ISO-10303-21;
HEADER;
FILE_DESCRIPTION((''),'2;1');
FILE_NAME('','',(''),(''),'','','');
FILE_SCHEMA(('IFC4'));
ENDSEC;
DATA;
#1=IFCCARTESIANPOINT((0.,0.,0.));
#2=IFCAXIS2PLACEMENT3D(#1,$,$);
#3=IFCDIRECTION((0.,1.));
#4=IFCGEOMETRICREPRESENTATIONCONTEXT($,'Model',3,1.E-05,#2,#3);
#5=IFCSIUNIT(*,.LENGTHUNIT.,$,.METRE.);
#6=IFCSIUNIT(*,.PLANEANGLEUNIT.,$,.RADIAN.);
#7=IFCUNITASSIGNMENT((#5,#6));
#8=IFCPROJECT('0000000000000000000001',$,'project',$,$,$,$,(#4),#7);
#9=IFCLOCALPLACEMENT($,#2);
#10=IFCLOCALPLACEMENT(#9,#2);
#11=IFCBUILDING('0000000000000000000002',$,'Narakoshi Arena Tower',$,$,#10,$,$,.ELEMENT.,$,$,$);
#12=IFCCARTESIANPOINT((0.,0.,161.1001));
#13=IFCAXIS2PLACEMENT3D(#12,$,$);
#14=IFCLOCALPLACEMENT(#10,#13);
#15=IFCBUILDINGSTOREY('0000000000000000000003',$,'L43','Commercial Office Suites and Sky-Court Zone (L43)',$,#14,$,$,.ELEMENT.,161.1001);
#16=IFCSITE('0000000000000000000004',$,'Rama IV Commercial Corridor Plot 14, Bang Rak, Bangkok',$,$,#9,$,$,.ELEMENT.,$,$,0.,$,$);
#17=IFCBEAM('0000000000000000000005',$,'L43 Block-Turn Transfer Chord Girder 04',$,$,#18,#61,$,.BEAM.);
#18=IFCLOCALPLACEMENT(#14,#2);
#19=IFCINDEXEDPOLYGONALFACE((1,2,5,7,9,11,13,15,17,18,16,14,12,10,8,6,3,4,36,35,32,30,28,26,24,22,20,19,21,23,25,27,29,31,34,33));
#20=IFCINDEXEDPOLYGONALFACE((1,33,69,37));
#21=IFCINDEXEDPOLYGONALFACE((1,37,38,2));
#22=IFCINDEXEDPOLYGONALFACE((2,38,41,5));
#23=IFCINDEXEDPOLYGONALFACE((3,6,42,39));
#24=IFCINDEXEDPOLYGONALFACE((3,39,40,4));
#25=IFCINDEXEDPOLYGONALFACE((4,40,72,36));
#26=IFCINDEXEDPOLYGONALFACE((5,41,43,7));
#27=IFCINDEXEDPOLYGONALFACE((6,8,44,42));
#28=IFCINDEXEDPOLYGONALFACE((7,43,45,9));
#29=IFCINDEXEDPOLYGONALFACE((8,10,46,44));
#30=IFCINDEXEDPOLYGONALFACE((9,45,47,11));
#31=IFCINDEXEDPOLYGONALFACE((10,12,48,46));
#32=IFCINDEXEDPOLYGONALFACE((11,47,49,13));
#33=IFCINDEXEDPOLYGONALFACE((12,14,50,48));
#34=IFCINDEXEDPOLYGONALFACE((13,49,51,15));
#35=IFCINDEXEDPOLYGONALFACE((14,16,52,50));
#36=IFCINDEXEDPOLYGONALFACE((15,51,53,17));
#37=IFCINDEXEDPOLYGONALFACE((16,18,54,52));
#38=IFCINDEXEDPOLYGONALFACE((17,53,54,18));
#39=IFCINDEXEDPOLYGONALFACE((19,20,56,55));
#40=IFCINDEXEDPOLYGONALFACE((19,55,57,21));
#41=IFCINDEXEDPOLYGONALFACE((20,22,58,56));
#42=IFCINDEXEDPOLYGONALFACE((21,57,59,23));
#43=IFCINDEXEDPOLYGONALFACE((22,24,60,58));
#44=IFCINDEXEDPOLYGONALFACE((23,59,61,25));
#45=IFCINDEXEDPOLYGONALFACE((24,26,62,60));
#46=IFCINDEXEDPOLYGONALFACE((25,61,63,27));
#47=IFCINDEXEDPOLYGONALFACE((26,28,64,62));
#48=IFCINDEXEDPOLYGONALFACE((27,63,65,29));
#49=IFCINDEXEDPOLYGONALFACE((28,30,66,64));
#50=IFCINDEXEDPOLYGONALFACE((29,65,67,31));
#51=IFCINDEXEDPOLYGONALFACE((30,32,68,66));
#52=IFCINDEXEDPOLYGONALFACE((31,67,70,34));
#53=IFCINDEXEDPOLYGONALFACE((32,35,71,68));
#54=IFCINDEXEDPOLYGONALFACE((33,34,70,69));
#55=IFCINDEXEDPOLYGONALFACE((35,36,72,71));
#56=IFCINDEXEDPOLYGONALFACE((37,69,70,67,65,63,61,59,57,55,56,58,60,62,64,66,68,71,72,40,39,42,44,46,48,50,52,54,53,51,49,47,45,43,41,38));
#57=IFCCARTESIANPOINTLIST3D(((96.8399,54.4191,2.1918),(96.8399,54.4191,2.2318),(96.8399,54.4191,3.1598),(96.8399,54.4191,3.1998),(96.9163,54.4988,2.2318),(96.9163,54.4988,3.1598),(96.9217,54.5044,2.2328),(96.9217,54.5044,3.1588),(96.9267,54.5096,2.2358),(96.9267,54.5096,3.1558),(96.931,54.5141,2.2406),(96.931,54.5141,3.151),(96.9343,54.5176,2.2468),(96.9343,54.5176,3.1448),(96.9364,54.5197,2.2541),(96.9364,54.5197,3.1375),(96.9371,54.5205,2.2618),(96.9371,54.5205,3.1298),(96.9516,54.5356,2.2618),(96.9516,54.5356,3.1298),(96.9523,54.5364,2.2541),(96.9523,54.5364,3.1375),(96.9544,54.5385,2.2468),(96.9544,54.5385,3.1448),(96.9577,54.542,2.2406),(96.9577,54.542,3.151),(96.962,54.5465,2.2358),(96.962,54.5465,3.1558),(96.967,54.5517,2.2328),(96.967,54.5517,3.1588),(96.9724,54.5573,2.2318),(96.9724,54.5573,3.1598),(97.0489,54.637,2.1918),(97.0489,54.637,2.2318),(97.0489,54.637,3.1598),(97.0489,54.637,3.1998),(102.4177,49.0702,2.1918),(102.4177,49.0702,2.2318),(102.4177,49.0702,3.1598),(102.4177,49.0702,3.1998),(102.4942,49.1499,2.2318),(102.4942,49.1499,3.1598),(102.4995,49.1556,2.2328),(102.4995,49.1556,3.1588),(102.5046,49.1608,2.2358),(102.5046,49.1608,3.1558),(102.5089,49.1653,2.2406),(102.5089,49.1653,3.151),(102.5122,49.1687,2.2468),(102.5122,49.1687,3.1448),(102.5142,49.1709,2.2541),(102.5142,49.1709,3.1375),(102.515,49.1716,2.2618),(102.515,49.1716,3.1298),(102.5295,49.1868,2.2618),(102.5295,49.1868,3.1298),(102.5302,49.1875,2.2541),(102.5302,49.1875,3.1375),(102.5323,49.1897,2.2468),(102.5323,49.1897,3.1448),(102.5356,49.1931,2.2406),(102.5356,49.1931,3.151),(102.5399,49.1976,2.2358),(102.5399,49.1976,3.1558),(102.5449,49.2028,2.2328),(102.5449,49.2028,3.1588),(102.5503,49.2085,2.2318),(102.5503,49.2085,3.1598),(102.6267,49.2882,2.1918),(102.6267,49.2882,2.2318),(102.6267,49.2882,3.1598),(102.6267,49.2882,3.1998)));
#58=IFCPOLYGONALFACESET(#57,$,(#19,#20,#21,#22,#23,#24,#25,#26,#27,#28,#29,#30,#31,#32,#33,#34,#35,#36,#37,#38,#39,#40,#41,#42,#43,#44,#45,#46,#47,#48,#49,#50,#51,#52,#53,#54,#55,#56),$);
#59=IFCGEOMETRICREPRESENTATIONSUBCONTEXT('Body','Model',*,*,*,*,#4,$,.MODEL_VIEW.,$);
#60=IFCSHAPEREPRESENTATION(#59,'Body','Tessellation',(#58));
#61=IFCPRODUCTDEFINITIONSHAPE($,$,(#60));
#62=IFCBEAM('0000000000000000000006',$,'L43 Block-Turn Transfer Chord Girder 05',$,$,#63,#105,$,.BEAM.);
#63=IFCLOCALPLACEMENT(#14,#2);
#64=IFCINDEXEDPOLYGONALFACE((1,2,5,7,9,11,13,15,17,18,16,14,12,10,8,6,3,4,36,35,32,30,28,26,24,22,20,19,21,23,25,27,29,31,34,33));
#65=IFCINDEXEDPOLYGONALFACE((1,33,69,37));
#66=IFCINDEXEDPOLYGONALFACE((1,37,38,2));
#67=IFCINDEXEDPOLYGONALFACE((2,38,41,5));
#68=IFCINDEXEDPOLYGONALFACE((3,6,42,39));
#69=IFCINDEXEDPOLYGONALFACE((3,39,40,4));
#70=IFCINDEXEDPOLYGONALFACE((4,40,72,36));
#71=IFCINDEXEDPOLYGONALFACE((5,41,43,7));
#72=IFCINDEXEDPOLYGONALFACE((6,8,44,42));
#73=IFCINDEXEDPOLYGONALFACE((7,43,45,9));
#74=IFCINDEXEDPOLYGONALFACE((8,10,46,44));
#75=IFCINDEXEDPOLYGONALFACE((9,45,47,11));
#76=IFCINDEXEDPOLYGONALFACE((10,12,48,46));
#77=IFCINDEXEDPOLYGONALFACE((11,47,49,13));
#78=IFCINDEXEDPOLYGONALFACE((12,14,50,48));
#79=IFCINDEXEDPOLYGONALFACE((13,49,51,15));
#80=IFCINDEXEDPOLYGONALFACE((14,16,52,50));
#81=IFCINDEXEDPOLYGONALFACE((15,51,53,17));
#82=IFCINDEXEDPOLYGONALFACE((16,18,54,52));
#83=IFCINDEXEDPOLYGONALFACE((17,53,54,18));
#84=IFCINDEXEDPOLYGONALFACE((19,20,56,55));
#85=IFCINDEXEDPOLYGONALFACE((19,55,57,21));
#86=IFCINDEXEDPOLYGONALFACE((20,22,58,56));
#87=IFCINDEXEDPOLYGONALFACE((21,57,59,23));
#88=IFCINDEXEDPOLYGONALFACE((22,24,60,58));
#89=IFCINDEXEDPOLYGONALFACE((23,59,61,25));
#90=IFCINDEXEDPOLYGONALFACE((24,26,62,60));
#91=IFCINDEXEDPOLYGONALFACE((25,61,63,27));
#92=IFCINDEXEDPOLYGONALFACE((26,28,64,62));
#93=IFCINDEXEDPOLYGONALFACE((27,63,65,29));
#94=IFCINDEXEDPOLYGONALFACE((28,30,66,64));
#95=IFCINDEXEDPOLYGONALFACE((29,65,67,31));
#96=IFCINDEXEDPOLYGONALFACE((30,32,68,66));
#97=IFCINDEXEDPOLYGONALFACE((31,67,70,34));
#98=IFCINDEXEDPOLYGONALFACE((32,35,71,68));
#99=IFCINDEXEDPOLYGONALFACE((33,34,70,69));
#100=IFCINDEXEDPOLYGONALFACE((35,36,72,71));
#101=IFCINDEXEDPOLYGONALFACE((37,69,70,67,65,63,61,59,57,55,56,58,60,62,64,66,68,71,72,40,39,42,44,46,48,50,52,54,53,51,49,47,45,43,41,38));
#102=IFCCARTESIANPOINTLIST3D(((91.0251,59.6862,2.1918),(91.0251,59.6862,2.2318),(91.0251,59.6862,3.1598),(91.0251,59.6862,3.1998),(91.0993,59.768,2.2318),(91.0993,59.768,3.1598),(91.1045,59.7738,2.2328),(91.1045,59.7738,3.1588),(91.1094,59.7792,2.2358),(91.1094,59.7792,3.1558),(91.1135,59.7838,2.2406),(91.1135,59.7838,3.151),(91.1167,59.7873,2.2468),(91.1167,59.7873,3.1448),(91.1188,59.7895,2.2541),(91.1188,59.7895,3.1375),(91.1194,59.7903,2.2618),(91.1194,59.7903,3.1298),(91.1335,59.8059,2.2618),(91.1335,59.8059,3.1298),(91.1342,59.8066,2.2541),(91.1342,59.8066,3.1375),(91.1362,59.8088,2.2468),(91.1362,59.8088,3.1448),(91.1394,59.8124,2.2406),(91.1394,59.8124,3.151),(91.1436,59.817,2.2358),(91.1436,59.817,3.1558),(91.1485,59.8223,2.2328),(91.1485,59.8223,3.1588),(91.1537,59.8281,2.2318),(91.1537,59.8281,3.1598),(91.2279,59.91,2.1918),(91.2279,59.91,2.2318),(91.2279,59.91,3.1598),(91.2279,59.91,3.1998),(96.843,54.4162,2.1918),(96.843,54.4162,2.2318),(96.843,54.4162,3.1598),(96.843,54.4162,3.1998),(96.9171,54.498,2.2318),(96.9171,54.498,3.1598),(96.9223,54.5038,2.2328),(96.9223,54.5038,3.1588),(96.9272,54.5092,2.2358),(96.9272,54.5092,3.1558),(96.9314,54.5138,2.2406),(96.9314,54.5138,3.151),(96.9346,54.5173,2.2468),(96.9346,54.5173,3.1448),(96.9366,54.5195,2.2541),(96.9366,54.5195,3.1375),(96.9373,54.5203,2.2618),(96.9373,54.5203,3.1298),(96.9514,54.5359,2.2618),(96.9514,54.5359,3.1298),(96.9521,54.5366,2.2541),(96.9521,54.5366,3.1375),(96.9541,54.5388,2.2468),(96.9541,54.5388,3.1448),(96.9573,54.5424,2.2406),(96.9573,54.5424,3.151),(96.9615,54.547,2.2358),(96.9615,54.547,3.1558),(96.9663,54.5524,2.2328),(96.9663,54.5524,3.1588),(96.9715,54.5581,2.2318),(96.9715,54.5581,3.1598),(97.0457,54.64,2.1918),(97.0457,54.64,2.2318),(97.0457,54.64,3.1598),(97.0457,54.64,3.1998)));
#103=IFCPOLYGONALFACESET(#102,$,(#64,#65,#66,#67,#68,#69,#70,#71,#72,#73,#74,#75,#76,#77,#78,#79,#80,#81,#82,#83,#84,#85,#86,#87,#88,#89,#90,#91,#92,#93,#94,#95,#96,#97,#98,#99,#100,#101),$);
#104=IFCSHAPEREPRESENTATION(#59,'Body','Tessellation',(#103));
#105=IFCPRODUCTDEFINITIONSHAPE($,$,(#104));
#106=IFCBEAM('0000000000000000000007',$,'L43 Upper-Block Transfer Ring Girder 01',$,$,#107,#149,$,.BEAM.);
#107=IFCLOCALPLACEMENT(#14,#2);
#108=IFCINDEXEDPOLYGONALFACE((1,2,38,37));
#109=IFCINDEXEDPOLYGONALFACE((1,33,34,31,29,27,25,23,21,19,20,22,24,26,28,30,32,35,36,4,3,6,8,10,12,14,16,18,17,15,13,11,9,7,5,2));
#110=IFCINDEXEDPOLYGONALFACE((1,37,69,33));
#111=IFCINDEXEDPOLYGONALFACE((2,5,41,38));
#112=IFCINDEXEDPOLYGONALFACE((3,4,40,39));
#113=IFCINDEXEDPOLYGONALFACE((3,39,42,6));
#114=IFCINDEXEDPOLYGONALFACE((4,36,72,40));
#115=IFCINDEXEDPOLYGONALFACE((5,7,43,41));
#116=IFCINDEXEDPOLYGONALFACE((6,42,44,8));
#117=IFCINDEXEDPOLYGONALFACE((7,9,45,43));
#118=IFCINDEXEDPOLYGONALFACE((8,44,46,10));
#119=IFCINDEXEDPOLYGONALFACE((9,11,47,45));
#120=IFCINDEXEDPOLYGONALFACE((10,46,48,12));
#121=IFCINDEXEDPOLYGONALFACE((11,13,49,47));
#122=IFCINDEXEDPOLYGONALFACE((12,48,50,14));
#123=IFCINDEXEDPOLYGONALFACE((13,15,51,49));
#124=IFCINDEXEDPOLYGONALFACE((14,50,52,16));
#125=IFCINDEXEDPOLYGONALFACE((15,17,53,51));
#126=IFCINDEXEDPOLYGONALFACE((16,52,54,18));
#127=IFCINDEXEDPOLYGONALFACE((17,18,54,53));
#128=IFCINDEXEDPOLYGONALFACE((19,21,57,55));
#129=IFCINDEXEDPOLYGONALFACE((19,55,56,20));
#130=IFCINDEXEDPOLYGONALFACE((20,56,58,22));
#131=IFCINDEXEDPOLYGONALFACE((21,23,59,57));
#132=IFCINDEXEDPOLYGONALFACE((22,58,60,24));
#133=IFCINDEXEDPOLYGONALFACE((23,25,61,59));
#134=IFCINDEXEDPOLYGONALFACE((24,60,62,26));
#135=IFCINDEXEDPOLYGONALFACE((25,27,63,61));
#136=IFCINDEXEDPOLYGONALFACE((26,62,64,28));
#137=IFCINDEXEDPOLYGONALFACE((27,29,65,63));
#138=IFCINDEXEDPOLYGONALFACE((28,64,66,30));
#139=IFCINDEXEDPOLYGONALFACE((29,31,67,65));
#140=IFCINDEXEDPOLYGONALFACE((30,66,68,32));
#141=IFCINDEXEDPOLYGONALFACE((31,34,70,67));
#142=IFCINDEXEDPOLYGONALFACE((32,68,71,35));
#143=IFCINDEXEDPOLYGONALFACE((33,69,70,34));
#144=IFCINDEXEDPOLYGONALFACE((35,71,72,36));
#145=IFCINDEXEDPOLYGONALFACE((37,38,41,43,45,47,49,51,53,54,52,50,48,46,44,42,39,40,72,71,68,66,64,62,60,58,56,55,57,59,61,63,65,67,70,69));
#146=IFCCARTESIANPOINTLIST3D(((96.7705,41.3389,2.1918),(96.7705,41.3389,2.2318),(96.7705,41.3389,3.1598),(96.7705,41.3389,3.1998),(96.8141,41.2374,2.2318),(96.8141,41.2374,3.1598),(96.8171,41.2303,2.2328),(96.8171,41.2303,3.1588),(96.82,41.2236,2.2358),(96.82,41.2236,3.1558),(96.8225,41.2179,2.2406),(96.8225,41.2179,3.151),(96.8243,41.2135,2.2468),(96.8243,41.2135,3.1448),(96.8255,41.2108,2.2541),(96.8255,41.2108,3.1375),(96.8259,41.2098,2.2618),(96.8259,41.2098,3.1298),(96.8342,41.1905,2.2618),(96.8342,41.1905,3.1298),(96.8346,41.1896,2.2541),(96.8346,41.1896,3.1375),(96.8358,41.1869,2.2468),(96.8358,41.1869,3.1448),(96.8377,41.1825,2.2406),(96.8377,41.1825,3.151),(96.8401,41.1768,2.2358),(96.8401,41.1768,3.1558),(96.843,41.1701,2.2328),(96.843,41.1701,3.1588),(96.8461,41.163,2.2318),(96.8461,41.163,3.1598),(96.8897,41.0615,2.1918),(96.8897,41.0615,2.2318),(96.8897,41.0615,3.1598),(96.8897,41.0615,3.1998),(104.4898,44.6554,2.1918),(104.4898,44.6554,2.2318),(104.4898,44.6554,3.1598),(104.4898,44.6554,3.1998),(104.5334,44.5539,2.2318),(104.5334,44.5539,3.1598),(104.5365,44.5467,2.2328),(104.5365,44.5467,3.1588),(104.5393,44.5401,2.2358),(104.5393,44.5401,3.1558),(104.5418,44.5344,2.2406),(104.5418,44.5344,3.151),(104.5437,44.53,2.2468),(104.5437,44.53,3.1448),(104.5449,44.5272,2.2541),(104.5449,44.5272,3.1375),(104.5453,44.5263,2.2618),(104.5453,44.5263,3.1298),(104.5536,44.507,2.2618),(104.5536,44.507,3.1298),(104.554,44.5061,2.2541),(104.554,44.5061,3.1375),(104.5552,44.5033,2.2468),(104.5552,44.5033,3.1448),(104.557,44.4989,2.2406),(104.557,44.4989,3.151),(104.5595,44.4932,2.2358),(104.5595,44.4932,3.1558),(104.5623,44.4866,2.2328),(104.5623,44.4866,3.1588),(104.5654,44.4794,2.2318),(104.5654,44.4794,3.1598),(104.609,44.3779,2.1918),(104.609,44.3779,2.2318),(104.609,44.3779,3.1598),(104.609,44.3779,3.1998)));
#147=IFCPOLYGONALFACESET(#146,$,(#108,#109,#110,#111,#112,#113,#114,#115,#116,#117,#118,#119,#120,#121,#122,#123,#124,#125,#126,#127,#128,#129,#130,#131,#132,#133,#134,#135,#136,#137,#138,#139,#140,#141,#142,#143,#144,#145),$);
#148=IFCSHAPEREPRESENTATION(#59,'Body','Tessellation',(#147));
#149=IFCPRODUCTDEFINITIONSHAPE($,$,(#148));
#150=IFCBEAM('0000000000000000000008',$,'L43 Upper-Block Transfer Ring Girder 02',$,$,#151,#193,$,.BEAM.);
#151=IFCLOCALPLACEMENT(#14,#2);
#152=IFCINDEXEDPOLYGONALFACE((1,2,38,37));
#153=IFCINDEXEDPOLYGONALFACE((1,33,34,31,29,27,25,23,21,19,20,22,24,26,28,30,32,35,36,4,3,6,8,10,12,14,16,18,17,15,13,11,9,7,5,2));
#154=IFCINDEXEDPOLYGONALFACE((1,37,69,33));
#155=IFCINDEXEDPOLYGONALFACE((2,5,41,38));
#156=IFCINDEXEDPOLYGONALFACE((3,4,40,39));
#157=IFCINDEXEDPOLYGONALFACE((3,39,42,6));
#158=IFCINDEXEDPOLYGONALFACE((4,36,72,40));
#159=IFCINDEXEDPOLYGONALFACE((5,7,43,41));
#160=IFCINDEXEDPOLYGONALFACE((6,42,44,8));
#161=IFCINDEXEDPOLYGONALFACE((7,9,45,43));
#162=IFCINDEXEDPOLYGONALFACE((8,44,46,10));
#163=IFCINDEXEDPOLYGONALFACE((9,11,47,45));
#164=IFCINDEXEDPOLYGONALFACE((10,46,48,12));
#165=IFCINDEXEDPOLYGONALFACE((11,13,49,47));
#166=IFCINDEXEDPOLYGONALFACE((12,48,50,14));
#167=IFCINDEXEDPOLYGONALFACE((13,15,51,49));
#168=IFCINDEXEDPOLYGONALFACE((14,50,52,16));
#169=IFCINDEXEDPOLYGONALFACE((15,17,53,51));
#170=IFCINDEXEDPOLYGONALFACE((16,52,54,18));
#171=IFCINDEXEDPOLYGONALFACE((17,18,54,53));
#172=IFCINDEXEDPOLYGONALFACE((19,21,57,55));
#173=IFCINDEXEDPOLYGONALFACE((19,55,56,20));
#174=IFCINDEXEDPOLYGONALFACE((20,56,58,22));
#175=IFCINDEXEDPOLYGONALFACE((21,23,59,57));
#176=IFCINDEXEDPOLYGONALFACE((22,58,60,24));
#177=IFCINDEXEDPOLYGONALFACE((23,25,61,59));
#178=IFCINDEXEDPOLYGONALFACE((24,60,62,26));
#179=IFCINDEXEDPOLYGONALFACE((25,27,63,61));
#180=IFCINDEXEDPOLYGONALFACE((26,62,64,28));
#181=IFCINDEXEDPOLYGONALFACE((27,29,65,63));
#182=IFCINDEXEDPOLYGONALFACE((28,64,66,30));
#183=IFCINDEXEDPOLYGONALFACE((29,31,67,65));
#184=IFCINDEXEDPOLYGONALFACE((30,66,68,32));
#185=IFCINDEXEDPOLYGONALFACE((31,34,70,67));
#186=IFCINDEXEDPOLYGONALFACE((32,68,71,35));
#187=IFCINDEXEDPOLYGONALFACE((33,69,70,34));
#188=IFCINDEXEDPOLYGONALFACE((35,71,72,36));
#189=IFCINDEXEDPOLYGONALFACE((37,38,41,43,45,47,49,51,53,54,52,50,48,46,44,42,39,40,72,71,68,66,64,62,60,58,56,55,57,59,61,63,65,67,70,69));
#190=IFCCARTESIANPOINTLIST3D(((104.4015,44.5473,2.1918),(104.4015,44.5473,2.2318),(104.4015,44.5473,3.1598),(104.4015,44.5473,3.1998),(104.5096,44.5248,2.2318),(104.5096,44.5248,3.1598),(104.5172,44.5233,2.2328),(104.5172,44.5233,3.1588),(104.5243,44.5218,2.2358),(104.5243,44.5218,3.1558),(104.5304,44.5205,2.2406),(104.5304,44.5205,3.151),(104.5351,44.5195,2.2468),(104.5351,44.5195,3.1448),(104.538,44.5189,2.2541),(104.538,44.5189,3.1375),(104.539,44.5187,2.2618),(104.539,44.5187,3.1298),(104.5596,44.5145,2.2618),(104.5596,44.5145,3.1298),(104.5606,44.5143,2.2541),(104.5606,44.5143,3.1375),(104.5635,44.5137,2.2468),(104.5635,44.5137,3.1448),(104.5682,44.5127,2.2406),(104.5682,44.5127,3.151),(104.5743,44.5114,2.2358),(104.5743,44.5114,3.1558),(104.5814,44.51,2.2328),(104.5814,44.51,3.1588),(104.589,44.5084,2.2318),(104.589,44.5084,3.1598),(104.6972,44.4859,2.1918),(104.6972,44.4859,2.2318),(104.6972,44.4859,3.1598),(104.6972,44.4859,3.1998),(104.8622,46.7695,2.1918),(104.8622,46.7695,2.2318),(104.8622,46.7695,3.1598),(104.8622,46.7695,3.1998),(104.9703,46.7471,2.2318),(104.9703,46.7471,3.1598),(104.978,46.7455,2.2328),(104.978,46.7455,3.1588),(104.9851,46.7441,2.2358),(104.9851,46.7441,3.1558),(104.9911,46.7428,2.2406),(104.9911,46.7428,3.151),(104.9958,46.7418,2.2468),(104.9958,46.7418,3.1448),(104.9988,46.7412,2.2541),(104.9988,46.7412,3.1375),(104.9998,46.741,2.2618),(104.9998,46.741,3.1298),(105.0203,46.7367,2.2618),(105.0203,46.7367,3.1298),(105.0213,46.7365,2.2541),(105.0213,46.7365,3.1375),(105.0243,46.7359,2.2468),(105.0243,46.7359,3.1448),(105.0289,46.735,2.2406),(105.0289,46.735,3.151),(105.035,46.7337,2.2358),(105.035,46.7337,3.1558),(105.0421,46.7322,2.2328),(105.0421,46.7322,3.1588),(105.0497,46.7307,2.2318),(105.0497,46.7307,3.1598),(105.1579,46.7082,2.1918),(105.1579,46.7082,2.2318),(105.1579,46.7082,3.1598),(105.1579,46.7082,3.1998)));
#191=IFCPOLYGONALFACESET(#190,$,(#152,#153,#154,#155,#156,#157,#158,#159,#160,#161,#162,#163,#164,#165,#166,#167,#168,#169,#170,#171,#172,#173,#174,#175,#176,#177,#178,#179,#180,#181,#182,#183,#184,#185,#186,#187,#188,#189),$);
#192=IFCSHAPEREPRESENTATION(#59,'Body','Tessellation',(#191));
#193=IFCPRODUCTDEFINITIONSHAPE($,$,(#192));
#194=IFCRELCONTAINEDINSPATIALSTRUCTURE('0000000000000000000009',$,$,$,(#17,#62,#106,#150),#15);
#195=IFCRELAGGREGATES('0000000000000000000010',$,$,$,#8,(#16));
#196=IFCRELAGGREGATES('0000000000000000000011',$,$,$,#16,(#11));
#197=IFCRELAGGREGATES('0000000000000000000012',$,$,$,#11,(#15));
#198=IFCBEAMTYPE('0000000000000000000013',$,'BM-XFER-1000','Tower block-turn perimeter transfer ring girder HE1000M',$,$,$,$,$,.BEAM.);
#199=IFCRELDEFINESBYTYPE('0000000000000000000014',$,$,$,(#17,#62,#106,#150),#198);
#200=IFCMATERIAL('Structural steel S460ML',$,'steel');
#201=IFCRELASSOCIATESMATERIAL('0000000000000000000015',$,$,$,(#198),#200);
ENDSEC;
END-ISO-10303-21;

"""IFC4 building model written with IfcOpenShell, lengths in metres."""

from ifc_helpers import new_model, si_unit, direction, frame, origin, origin_2d, place, context, subcontext, project, spatial, i_section, extrude, material, material_profile, profile_set, type_object, element, save


model = new_model("IFC4")

# Units and contexts
model_context = context("Model", 3, precision=1e-05, world=origin(), true_north=direction((0.0, 1.0)))
body_context = subcontext(model_context, "Body", "Model", "MODEL_VIEW")
ifc_project = project(units=[si_unit("LENGTHUNIT", "METRE"), si_unit("PLANEANGLEUNIT", "RADIAN")], contexts=[model_context])

# Site, building, storey
site_placement = place(None, origin())
site = spatial("IfcSite", under=ifc_project, at=site_placement, Name="Rama IV Commercial Corridor Plot 14, Bang Rak, Bangkok", CompositionType="ELEMENT", RefElevation=0.0)
building_placement = place(site_placement, origin())
building = spatial("IfcBuilding", under=site, at=building_placement, Name="Narakoshi Arena Tower", CompositionType="ELEMENT")
storey_placement = place(building_placement, frame((0.0, 0.0, 161.1001)))
storey = spatial("IfcBuildingStorey", under=building, at=storey_placement, Name="L43", Description="Commercial Office Suites and Sky-Court Zone (L43)", CompositionType="ELEMENT", Elevation=161.1001)

# Beams
ifc_material_1 = material(Name="Structural steel S460ML", Category="steel")
ifc_material_profile_1 = material_profile(ifc_material_1, i_section(OverallWidth=0.302, OverallDepth=1.0081, WebThickness=0.021, FlangeThickness=0.04, FilletRadius=0.03, at=origin_2d()), Name="HE1000M")
ifc_profile_set_1 = profile_set([ifc_material_profile_1], Name="Structural steel S460ML")
beam_type = type_object("IfcBeamType", Name="BM-XFER-1000", Description="Tower block-turn perimeter transfer ring girder HE1000M", PredefinedType="BEAM", material=ifc_profile_set_1)
beam_1_placement = place(storey_placement, frame((102.5222, 49.1792, 2.6958), z_axis=(-0.721768, 0.692135, 0.0), x_axis=(-0.692135, -0.721768, 0.0)))
element("IfcBeam", 1, at=beam_1_placement, inside=storey, type_object=beam_type, Name="L43 Block-Turn Transfer Chord Girder 04", PredefinedType="BEAM", context=body_context, shape_type="SweptSolid", body=[
    extrude(i_section(OverallWidth=0.302, OverallDepth=1.0081, WebThickness=0.021, FlangeThickness=0.04, FilletRadius=0.03, at=origin_2d()), origin(), (0.0, 0.0, 1.0), 7.728),
])
beam_2_placement = place(storey_placement, frame((96.9443, 54.5281, 2.6958), z_axis=(-0.741141, 0.67135, 0.0), x_axis=(-0.67135, -0.741141, 0.0)))
element("IfcBeam", 2, at=beam_2_placement, inside=storey, type_object=beam_type, Name="L43 Block-Turn Transfer Chord Girder 05", PredefinedType="BEAM", context=body_context, shape_type="SweptSolid", body=[
    extrude(i_section(OverallWidth=0.302, OverallDepth=1.0081, WebThickness=0.021, FlangeThickness=0.04, FilletRadius=0.03, at=origin_2d()), origin(), (0.0, 0.0, 1.0), 7.8499),
])
beam_3_placement = place(storey_placement, frame((96.8301, 41.2002, 2.6958), z_axis=(0.918793, 0.39474, 0.0), x_axis=(-0.39474, 0.918793, 0.0)))
element("IfcBeam", 3, at=beam_3_placement, inside=storey, type_object=beam_type, Name="L43 Upper-Block Transfer Ring Girder 01", PredefinedType="BEAM", context=body_context, shape_type="SweptSolid", body=[
    extrude(i_section(OverallWidth=0.302, OverallDepth=1.0081, WebThickness=0.021, FlangeThickness=0.04, FilletRadius=0.03, at=origin_2d()), origin(), (0.0, 0.0, 1.0), 8.4016),
])
beam_4_placement = place(storey_placement, frame((104.5493, 44.5166, 2.6958), z_axis=(0.203, 0.979179, 0.0), x_axis=(-0.979179, 0.203, 0.0)))
element("IfcBeam", 4, at=beam_4_placement, inside=storey, type_object=beam_type, Name="L43 Upper-Block Transfer Ring Girder 02", PredefinedType="BEAM", context=body_context, shape_type="SweptSolid", body=[
    extrude(i_section(OverallWidth=0.302, OverallDepth=1.0081, WebThickness=0.021, FlangeThickness=0.04, FilletRadius=0.03, at=origin_2d()), origin(), (0.0, 0.0, 1.0), 2.2695),
])

save(model, "model.ifc")
